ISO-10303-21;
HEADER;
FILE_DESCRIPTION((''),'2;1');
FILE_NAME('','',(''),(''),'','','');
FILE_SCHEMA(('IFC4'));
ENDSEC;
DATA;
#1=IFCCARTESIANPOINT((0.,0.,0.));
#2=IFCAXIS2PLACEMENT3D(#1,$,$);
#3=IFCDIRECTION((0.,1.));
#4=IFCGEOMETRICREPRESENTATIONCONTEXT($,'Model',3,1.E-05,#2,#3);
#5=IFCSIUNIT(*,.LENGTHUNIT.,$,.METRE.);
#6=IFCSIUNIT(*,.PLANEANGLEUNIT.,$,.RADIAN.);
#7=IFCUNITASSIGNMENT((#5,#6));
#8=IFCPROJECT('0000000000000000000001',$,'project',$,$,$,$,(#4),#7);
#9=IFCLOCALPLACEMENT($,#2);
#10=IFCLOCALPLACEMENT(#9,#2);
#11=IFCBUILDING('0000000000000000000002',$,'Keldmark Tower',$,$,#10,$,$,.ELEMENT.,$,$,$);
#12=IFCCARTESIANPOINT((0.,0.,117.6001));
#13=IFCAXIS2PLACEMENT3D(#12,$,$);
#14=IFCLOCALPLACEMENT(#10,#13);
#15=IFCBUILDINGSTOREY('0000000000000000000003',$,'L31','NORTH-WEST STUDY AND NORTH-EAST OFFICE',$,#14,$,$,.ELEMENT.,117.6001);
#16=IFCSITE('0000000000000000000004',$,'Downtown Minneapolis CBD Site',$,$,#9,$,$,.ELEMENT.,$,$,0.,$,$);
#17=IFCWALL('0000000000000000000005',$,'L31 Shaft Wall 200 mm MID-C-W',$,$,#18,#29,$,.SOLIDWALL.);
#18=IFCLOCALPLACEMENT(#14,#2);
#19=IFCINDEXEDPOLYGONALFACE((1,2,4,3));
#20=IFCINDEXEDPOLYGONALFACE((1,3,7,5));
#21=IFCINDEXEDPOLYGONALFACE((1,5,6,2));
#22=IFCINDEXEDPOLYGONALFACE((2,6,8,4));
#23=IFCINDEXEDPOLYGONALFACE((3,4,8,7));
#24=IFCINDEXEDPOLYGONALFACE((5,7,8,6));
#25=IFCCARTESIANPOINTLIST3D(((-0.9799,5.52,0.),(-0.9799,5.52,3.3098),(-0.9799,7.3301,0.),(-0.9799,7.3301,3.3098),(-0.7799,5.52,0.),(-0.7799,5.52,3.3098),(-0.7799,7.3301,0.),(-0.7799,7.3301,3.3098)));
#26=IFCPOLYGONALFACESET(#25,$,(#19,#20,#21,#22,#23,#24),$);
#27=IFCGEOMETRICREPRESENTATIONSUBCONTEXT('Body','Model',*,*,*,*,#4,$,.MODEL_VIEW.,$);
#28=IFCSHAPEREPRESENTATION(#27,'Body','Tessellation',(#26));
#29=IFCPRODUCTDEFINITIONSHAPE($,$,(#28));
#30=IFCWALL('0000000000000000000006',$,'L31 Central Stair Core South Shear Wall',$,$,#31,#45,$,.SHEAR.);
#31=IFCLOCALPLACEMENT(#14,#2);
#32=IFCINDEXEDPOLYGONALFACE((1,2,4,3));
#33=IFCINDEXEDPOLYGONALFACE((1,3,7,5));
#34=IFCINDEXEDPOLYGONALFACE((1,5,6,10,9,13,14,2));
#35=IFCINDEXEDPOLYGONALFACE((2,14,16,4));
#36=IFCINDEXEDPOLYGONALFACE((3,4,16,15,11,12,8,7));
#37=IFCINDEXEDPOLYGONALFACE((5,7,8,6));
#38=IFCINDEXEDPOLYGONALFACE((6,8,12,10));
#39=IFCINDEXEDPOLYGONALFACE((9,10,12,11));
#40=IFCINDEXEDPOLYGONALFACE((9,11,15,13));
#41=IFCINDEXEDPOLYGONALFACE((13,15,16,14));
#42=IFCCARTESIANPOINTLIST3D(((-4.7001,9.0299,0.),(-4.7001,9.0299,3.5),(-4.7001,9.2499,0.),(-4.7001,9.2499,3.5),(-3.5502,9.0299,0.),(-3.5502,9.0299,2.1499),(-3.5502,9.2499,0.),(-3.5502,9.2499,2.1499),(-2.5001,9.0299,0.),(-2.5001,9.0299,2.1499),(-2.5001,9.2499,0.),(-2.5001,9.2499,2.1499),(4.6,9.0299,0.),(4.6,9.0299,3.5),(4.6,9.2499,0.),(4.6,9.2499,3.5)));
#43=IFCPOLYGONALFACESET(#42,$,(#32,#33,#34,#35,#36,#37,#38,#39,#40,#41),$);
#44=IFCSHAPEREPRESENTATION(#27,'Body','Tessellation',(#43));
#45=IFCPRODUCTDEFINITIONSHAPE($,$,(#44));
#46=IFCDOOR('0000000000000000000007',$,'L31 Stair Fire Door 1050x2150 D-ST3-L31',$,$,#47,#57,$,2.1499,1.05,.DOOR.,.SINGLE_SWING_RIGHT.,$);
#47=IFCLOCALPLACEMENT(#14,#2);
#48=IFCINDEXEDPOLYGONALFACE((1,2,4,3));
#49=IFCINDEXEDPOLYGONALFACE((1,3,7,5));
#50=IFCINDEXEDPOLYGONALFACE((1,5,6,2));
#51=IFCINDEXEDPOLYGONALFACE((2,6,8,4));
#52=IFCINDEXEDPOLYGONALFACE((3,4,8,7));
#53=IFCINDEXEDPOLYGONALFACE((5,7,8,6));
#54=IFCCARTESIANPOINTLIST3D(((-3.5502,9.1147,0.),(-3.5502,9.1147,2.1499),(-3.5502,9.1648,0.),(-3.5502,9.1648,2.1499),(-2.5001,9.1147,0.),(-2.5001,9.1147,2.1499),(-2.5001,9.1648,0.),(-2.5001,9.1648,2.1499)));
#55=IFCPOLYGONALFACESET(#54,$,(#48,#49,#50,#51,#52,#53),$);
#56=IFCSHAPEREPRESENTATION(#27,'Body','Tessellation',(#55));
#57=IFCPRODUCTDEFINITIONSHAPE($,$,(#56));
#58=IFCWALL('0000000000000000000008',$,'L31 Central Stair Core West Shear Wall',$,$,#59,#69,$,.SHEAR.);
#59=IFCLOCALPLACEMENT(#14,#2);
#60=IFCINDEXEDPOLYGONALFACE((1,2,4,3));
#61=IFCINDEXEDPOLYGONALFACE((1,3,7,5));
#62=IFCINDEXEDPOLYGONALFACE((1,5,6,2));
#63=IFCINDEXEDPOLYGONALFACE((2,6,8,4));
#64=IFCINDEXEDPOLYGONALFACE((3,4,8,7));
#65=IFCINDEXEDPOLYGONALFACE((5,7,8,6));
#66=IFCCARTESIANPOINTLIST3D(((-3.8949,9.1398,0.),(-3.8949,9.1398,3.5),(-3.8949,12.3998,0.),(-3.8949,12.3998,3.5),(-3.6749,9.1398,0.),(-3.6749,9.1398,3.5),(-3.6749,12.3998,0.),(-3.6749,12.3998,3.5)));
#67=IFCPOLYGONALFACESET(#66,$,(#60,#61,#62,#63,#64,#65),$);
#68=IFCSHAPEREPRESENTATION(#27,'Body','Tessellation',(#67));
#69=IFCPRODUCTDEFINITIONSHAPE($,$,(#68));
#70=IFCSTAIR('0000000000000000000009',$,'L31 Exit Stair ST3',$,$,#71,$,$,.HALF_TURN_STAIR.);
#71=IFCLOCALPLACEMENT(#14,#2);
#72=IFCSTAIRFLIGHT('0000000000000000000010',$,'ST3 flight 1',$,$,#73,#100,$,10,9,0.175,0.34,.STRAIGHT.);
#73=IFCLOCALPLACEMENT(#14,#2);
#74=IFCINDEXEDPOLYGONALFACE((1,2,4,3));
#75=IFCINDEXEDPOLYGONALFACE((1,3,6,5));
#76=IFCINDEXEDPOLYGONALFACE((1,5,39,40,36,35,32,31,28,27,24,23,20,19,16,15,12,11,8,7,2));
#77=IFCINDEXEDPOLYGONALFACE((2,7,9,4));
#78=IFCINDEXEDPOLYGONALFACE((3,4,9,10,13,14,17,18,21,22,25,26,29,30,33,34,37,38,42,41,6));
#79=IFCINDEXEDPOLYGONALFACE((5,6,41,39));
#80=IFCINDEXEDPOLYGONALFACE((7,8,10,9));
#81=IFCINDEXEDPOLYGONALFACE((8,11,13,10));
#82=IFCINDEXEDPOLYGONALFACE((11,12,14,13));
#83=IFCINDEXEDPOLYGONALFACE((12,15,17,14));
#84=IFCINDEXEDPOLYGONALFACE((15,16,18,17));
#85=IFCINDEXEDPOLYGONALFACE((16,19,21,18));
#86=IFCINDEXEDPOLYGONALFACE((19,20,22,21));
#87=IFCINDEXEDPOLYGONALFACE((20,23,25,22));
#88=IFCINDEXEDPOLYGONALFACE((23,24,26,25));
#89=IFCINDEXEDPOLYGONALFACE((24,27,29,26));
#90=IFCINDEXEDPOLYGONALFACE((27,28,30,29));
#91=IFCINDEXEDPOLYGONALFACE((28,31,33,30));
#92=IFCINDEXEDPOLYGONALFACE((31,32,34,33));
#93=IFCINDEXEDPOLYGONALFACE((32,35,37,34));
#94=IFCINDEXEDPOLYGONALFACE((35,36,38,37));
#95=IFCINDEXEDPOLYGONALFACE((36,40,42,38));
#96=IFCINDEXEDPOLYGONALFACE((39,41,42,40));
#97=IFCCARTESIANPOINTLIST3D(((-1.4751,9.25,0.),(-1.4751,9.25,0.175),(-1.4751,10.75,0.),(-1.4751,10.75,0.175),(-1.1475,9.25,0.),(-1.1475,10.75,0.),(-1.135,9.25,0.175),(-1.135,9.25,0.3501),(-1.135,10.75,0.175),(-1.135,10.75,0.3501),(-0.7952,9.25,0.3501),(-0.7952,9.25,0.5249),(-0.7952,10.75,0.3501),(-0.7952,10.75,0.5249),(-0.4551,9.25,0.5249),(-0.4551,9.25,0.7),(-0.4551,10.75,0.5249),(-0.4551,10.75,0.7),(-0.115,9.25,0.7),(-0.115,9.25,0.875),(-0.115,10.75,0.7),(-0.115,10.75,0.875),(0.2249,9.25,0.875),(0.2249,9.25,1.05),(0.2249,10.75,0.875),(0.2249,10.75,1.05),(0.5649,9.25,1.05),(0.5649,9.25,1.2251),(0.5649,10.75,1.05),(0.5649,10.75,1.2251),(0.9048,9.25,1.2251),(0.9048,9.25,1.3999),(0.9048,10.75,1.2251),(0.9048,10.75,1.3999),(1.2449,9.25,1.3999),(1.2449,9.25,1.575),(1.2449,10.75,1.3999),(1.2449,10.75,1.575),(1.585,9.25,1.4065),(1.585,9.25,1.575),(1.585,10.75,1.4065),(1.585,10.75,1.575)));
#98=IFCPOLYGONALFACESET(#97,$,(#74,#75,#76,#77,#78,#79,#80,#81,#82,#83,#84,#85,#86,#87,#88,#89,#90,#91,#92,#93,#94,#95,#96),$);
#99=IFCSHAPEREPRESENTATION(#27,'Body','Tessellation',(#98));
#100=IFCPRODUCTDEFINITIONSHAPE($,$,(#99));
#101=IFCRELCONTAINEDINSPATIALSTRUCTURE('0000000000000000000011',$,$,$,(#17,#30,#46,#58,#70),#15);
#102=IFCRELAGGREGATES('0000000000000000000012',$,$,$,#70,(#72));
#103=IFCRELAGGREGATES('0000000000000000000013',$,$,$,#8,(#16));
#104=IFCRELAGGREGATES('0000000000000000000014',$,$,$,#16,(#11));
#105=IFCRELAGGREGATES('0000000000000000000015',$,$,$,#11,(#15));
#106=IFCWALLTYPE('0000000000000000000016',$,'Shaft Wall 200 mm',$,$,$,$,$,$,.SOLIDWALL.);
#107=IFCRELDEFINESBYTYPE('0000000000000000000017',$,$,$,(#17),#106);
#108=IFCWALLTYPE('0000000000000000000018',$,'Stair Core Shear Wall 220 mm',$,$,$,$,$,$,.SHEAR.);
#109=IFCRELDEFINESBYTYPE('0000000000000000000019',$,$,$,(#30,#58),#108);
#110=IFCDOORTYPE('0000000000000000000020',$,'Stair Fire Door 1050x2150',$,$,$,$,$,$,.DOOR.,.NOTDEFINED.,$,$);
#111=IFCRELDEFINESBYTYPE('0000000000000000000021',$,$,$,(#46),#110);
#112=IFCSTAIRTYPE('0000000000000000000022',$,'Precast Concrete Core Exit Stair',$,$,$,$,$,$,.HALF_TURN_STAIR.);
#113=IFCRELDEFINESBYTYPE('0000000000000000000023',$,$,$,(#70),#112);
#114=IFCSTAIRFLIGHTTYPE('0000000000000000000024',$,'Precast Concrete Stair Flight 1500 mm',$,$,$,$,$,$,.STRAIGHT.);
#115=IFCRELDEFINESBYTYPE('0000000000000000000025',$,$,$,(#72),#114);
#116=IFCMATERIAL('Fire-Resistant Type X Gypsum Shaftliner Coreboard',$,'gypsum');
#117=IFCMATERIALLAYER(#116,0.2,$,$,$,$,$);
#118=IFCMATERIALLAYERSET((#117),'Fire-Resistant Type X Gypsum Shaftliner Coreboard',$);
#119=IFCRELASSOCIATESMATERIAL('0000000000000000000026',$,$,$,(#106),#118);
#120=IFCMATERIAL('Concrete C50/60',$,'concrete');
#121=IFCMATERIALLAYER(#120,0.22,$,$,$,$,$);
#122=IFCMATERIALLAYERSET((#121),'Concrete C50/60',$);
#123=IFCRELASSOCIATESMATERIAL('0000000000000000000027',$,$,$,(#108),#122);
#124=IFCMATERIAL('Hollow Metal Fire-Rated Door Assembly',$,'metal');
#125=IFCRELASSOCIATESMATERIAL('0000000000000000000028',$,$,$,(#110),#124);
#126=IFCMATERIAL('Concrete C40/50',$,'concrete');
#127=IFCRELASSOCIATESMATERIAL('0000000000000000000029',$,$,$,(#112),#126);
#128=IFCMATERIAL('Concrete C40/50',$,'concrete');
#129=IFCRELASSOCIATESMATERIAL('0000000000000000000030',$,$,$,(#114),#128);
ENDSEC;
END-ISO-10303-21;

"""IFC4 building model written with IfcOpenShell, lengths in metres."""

from ifc_helpers import new_model, si_unit, direction, frame, frame_2d, origin, place, context, subcontext, project, spatial, polyline, rectangle, outline, extrude, material, layer, layer_set, type_object, element, fill, aggregate, save


model = new_model("IFC4")

# Units and contexts
model_context = context("Model", 3, precision=1e-05, world=origin(), true_north=direction((0.0, 1.0)))
body_context = subcontext(model_context, "Body", "Model", "MODEL_VIEW")
ifc_project = project(units=[si_unit("LENGTHUNIT", "METRE"), si_unit("PLANEANGLEUNIT", "RADIAN")], contexts=[model_context])

# Site, building, storey
site_placement = place(None, origin())
site = spatial("IfcSite", under=ifc_project, at=site_placement, Name="Downtown Minneapolis CBD Site", CompositionType="ELEMENT", RefElevation=0.0)
building_placement = place(site_placement, origin())
building = spatial("IfcBuilding", under=site, at=building_placement, Name="Keldmark Tower", CompositionType="ELEMENT")
storey_placement = place(building_placement, frame((0.0, 0.0, 117.6001)))
storey = spatial("IfcBuildingStorey", under=building, at=storey_placement, Name="L31", Description="NORTH-WEST STUDY AND NORTH-EAST OFFICE", CompositionType="ELEMENT", Elevation=117.6001)

# Shared definitions
ifc_material_1 = material(Name="Fire-Resistant Type X Gypsum Shaftliner Coreboard", Category="gypsum")
ifc_layer_1 = layer(ifc_material_1, 0.2)
ifc_layer_set_1 = layer_set([ifc_layer_1], Name="Fire-Resistant Type X Gypsum Shaftliner Coreboard")
wall_type_1 = type_object("IfcWallType", Name="Shaft Wall 200 mm", PredefinedType="SOLIDWALL", material=ifc_layer_set_1)

# Wall
for number, where, z_axis, x_axis, name in (
    (1, (-0.8799, 5.52, 0.0), (0.0, 0.0, 1.0), (0.0, 1.0, 0.0), "L31 Shaft Wall 200 mm MID-C-W"),
):
    element("IfcWall", number, at=place(storey_placement, frame(where, z_axis=z_axis, x_axis=x_axis)), inside=storey, type_object=wall_type_1, Name=name, PredefinedType="SOLIDWALL", context=body_context, shape_type="SweptSolid", body=[
        extrude(rectangle(XDim=1.8101, YDim=0.2, at=frame_2d((0.905, 0.0))), origin(), (0.0, 0.0, 1.0), 3.3098),
    ])

# Wall, opening, door
ifc_material_2 = material(Name="Concrete C50/60", Category="concrete")
ifc_layer_2 = layer(ifc_material_2, 0.22)
ifc_layer_set_2 = layer_set([ifc_layer_2], Name="Concrete C50/60")
wall_type_2 = type_object("IfcWallType", Name="Stair Core Shear Wall 220 mm", PredefinedType="SHEAR", material=ifc_layer_set_2)
wall_1_placement = place(storey_placement, frame((-4.7, 9.1399, 0.0), z_axis=(0.0, 0.0, 1.0), x_axis=(1.0, 0.0, 0.0)))
wall_1 = element("IfcWall", 2, at=wall_1_placement, inside=storey, type_object=wall_type_2, Name="L31 Central Stair Core South Shear Wall", PredefinedType="SHEAR", context=body_context, shape_type="SweptSolid", body=[
    extrude(rectangle(XDim=9.3, YDim=0.22, at=frame_2d((4.6499, 0.0))), origin(), (0.0, 0.0, 1.0), 3.5),
])
opening_1_placement = place(wall_1_placement, frame((1.1499, 0.0, 0.0)))
opening_1 = element("IfcOpeningElement", 3, at=opening_1_placement, cuts=wall_1, PredefinedType="OPENING", context=body_context, shape_type="SweptSolid", body=[
    extrude(rectangle(XDim=1.05, YDim=2.1499, at=frame_2d((0.5249, 1.075))), frame((0.0, 0.1199, 0.0), z_axis=(0.0, -1.0, 0.0), x_axis=(1.0, 0.0, 0.0)), (0.0, 0.0, 1.0), 0.24),
])
ifc_material_3 = material(Name="Hollow Metal Fire-Rated Door Assembly", Category="metal")
door_type_1 = type_object("IfcDoorType", Name="Stair Fire Door 1050x2150", OperationType="NOTDEFINED", PredefinedType="DOOR", material=ifc_material_3)
door_1_placement = place(opening_1_placement, origin())
door_1 = element("IfcDoor", 4, at=door_1_placement, inside=storey, type_object=door_type_1, Name="L31 Stair Fire Door 1050x2150 D-ST3-L31", OperationType="SINGLE_SWING_RIGHT", OverallHeight=2.1499, OverallWidth=1.05, PredefinedType="DOOR", context=body_context, shape_type="SweptSolid", body=[
    extrude(rectangle(XDim=1.05, YDim=2.1499, at=frame_2d((0.5249, 1.075))), frame((0.0, 0.0249, 0.0), z_axis=(0.0, -1.0, 0.0), x_axis=(1.0, 0.0, 0.0)), (0.0, 0.0, 1.0), 0.05),
])
fill(opening_1, door_1)

# Wall
wall_2_placement = place(storey_placement, frame((-3.7849, 9.1399, 0.0), z_axis=(0.0, 0.0, 1.0), x_axis=(0.0, 1.0, 0.0)))
element("IfcWall", 5, at=wall_2_placement, inside=storey, type_object=wall_type_2, Name="L31 Central Stair Core West Shear Wall", PredefinedType="SHEAR", context=body_context, shape_type="SweptSolid", body=[
    extrude(rectangle(XDim=3.26, YDim=0.22, at=frame_2d((1.6299, 0.0))), origin(), (0.0, 0.0, 1.0), 3.5),
])

# Stair, stair flight
ifc_material_4 = material(Name="Concrete C40/50", Category="concrete")
stair_type = type_object("IfcStairType", Name="Precast Concrete Core Exit Stair", PredefinedType="HALF_TURN_STAIR", material=ifc_material_4)
stair_placement = place(storey_placement, origin())
stair = element("IfcStair", 6, at=stair_placement, inside=storey, type_object=stair_type, Name="L31 Exit Stair ST3", PredefinedType="HALF_TURN_STAIR")
ifc_material_5 = material(Name="Concrete C40/50", Category="concrete")
stair_flight_type = type_object("IfcStairFlightType", Name="Precast Concrete Stair Flight 1500 mm", PredefinedType="STRAIGHT", material=ifc_material_5)
stair_flight_placement = place(storey_placement, frame((-1.4751, 10.0, 0.0), z_axis=(0.0, 0.0, 1.0), x_axis=(1.0, 0.0, 0.0)))
stair_flight = element("IfcStairFlight", 7, at=stair_flight_placement, type_object=stair_flight_type, Name="ST3 flight 1", NumberOfRisers=10, NumberOfTreads=9, PredefinedType="STRAIGHT", RiserHeight=0.175, TreadLength=0.34, context=body_context, shape_type="SweptSolid", body=[
    extrude(outline(polyline([(0.0, 0.0), (0.0, 0.175), (0.3401, 0.175), (0.3401, 0.3501), (0.6799, 0.3501), (0.6799, 0.5249), (1.02, 0.5249), (1.02, 0.7), (1.3601, 0.7), (1.3601, 0.875), (1.7, 0.875), (1.7, 1.05), (2.04, 1.05), (2.04, 1.2251), (2.3799, 1.2251), (2.3799, 1.3999), (2.72, 1.3999), (2.72, 1.575), (3.0601, 1.575), (3.0601, 1.75), (3.0601, 1.4065), (0.3276, 0.0), (0.0, 0.0)])), frame((0.0, 0.75, 0.0), z_axis=(0.0, -1.0, 0.0), x_axis=(1.0, 0.0, 0.0)), (0.0, 0.0, 1.0), 1.5),
])
aggregate(stair, [stair_flight])

save(model, "model.ifc")
